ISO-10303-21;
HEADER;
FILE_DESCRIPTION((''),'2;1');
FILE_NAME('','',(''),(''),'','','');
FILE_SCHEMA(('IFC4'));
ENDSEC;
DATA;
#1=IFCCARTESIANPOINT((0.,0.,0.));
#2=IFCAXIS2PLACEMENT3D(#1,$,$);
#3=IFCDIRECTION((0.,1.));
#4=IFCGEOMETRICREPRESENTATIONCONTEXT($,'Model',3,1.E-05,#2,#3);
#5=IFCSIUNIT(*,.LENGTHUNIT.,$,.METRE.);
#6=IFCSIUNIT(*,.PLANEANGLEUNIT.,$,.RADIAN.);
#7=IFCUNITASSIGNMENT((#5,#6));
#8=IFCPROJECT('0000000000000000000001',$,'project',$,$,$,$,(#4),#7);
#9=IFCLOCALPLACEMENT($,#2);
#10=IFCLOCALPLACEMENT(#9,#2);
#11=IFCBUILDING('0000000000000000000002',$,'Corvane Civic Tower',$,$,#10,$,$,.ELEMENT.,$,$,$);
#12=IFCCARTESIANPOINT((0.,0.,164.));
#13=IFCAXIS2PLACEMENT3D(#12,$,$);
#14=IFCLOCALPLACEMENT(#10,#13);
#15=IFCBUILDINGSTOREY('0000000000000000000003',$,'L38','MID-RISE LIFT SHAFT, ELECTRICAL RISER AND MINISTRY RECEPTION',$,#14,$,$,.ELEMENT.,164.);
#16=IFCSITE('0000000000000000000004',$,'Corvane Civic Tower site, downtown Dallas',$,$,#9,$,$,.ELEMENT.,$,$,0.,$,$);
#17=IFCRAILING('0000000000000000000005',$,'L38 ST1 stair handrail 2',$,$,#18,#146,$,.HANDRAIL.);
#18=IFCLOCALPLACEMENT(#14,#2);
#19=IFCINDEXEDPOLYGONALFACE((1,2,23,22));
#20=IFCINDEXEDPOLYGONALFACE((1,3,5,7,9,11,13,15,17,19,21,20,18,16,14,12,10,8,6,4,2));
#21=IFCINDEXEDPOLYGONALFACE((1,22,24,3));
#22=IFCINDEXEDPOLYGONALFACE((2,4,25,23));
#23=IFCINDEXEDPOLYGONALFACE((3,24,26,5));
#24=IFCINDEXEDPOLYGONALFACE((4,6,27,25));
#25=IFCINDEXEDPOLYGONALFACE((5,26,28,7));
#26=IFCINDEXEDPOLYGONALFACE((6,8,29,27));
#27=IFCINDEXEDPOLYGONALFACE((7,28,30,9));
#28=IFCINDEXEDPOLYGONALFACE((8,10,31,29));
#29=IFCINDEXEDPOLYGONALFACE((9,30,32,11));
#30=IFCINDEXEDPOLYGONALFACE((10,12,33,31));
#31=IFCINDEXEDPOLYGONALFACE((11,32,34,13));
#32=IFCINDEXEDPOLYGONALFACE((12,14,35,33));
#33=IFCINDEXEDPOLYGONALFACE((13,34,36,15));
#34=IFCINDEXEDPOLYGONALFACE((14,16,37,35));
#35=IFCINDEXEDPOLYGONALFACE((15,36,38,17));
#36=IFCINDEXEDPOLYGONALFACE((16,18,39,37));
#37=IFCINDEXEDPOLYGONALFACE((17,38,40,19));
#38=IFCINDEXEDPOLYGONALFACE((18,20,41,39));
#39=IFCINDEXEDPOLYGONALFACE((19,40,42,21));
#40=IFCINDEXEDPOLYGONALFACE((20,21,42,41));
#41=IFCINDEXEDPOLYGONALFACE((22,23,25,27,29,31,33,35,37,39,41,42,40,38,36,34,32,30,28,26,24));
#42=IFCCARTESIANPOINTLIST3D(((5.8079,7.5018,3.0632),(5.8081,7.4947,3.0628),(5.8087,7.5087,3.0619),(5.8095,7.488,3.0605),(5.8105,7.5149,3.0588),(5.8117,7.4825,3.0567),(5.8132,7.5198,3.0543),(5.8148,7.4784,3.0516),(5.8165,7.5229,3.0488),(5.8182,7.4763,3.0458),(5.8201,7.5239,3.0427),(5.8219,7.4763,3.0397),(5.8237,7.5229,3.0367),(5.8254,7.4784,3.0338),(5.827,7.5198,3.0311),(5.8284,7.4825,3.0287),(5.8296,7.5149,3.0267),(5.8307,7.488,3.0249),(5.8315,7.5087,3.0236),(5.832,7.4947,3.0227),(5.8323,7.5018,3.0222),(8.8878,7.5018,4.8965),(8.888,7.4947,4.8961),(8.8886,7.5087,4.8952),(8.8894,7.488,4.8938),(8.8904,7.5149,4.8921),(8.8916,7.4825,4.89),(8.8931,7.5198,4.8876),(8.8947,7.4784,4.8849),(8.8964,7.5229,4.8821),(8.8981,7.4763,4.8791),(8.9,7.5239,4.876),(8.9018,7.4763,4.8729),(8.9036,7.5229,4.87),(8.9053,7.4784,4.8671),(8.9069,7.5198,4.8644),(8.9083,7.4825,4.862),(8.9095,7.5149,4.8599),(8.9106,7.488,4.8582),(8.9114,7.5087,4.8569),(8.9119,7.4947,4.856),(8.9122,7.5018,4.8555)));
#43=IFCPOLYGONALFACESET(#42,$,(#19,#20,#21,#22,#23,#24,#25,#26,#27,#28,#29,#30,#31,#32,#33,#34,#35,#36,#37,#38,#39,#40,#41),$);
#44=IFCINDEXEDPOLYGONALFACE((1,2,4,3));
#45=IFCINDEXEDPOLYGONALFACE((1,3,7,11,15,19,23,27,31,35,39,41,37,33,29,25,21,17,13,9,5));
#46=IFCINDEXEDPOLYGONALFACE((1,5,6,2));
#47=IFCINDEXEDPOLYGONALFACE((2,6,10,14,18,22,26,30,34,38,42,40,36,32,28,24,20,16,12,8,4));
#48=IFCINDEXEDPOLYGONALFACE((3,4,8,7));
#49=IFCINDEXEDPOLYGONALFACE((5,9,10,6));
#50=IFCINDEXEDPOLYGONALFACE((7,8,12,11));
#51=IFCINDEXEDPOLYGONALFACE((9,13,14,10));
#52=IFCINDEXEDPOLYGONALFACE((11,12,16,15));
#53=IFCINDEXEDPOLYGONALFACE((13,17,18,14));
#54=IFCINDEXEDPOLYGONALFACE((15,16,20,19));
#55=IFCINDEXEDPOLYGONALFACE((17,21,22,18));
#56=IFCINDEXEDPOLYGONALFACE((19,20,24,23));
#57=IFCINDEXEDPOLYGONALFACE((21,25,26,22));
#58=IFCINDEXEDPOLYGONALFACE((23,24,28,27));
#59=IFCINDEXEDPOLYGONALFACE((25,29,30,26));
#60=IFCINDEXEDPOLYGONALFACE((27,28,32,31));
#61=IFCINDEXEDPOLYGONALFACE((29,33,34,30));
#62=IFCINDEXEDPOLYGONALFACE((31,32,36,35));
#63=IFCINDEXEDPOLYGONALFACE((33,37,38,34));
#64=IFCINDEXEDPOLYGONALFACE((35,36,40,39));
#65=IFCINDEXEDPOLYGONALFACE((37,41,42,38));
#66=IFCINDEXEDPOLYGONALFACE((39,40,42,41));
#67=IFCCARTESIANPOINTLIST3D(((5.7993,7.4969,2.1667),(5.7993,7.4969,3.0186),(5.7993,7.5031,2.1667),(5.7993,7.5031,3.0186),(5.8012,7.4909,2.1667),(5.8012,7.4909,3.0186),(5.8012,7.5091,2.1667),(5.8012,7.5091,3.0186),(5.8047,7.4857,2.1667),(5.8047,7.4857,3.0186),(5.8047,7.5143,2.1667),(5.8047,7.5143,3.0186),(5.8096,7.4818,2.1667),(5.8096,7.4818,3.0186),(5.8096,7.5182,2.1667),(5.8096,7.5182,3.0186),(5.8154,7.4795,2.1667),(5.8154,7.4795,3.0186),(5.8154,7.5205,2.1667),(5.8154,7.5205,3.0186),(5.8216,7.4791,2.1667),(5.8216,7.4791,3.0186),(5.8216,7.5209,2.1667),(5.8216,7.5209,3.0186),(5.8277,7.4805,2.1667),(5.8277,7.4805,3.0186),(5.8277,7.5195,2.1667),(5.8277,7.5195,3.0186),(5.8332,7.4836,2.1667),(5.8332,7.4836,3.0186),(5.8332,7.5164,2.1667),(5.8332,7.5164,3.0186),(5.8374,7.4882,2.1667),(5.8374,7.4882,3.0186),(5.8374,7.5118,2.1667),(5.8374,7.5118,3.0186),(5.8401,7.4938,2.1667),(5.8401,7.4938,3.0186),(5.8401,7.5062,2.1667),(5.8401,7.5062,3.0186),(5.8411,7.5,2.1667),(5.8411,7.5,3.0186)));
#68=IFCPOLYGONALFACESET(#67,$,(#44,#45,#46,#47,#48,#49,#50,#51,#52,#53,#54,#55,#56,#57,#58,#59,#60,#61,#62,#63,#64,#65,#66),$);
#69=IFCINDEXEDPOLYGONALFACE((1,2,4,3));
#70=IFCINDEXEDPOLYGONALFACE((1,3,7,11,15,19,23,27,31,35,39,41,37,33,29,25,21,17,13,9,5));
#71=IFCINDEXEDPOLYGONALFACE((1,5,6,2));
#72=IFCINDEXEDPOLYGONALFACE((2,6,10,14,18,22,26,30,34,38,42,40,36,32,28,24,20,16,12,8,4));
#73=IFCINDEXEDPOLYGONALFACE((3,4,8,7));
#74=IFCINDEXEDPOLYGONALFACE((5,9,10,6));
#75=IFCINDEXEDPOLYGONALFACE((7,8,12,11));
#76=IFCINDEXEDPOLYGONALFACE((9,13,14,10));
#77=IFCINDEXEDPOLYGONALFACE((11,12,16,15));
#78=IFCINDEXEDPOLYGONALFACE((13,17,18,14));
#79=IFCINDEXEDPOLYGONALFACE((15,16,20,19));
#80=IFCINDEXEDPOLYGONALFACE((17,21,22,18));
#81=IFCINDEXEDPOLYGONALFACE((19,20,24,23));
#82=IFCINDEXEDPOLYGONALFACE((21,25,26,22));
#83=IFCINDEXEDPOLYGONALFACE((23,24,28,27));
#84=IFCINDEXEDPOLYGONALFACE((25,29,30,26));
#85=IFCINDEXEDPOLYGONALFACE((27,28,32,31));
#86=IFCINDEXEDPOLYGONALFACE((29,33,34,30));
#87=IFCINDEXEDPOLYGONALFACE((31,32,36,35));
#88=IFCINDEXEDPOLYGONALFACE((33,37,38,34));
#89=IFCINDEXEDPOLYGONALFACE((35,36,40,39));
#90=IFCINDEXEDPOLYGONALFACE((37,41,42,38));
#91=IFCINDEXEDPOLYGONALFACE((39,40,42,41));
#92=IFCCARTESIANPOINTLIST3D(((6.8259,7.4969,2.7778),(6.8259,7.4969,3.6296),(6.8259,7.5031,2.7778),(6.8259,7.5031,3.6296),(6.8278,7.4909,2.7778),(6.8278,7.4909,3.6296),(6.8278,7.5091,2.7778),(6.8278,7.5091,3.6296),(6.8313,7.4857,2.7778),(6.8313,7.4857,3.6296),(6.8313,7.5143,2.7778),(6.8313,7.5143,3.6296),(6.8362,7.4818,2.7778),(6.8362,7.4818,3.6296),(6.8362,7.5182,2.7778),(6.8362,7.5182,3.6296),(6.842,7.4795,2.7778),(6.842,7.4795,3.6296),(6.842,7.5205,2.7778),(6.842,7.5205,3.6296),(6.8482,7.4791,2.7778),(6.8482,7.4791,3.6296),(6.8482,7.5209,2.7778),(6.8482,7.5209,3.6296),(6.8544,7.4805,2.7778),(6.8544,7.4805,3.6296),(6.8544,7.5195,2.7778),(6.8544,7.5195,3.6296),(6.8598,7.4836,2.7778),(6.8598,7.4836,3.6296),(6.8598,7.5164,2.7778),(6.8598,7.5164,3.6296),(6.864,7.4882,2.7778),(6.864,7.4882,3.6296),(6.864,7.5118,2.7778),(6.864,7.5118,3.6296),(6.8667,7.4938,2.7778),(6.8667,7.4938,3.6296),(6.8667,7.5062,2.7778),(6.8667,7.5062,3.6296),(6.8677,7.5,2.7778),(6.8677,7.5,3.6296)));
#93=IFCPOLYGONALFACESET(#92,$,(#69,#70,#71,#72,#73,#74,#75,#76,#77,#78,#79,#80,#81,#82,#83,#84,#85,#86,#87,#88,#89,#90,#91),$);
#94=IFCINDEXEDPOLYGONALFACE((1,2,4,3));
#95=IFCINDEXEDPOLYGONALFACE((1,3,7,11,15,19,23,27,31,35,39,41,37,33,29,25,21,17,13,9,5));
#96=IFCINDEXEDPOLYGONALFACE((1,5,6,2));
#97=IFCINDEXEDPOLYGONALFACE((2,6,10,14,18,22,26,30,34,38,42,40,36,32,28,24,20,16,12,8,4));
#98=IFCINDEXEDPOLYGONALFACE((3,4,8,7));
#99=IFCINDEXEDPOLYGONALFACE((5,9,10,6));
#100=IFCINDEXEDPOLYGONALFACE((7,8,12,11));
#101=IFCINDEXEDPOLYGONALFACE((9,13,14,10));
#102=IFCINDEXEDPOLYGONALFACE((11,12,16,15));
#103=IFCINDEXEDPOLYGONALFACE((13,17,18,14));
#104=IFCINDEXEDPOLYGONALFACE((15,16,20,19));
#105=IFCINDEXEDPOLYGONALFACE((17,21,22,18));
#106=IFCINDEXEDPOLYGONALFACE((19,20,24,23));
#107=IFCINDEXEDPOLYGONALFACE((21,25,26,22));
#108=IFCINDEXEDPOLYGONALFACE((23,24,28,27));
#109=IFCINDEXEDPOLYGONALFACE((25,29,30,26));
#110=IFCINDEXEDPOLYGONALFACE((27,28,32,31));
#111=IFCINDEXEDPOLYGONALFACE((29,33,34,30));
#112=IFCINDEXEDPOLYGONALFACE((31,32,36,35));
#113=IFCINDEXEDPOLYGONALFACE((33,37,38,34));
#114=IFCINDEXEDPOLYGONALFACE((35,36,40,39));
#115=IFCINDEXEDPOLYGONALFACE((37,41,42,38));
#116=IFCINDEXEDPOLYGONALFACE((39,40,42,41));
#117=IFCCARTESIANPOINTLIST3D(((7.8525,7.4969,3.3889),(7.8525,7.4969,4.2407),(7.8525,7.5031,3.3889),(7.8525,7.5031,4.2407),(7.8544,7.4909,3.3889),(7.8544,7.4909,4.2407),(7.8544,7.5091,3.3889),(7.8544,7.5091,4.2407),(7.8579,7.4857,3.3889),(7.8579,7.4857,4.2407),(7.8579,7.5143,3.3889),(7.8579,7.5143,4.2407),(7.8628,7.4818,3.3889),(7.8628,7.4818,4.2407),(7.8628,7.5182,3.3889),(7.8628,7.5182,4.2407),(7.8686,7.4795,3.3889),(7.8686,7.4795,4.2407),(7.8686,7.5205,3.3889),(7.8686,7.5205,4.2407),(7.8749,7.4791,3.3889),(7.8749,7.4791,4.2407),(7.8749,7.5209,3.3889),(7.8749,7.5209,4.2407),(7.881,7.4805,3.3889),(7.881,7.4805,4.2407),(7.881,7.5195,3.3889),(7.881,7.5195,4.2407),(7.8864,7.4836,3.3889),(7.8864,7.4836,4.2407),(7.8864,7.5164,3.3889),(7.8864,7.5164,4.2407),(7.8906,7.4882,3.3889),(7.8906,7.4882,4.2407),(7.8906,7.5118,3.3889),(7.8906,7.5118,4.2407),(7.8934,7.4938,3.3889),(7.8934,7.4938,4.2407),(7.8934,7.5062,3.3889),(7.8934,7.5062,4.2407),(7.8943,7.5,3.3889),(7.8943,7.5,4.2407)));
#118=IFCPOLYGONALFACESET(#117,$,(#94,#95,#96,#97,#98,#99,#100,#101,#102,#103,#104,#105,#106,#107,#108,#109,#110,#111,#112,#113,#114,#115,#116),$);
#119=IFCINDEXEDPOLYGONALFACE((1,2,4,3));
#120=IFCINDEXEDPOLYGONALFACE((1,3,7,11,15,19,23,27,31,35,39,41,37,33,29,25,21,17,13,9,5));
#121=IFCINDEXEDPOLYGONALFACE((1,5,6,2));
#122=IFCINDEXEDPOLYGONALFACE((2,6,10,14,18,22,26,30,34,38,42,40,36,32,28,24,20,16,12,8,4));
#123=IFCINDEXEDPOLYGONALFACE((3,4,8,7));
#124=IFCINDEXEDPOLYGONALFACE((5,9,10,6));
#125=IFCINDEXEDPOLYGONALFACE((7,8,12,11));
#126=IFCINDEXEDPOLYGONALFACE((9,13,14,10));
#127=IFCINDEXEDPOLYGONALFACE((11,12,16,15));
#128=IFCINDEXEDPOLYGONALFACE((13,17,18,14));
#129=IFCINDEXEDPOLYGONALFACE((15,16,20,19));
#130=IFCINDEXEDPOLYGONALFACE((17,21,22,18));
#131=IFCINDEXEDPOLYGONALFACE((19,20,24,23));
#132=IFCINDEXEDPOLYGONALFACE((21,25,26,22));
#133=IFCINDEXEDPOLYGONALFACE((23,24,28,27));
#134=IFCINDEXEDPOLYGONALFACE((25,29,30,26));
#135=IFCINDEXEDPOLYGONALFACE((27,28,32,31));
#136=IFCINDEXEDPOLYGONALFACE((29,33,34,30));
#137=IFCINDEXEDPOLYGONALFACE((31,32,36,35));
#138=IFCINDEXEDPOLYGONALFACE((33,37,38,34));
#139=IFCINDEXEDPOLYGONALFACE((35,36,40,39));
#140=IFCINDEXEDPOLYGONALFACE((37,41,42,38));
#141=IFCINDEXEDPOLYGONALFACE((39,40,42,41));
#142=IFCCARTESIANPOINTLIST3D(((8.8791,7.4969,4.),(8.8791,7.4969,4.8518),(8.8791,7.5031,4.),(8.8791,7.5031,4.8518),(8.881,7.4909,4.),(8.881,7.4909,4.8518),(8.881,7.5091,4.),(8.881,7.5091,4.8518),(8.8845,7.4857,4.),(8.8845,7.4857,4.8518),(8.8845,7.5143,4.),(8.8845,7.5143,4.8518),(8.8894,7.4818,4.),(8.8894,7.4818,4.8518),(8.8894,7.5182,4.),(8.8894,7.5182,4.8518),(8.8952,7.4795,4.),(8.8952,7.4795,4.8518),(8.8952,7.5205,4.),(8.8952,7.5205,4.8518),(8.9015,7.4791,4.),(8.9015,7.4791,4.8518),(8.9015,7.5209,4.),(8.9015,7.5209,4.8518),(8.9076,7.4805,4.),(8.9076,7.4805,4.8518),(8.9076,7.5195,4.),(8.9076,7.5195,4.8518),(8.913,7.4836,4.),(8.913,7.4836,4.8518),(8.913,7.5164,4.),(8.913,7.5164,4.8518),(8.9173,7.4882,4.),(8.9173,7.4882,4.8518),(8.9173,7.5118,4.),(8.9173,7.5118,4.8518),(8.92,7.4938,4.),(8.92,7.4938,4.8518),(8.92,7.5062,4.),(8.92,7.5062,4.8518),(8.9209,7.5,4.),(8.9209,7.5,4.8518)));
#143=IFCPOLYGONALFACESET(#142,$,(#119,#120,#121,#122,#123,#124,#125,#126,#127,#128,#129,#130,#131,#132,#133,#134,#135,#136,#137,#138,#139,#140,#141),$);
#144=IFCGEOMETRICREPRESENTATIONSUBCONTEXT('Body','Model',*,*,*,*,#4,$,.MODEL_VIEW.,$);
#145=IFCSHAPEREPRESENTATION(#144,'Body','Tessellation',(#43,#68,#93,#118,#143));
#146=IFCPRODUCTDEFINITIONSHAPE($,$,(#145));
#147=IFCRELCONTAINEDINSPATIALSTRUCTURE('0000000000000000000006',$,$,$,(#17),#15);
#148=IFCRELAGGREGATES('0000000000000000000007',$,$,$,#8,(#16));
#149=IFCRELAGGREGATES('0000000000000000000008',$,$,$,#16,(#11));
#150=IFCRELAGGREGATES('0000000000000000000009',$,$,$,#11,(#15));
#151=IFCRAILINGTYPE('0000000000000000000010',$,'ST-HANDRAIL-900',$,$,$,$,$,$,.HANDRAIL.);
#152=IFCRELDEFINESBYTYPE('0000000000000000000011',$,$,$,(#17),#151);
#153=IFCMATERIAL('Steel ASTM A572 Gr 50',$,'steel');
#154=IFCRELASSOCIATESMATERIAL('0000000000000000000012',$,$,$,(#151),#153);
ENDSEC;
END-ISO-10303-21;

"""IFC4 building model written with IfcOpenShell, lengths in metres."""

from ifc_helpers import new_model, si_unit, direction, frame, origin, origin_2d, place, context, subcontext, project, spatial, circle, extrude, material, type_object, element, save


model = new_model("IFC4")

# Units and contexts
model_context = context("Model", 3, precision=1e-05, world=origin(), true_north=direction((0.0, 1.0)))
body_context = subcontext(model_context, "Body", "Model", "MODEL_VIEW")
ifc_project = project(units=[si_unit("LENGTHUNIT", "METRE"), si_unit("PLANEANGLEUNIT", "RADIAN")], contexts=[model_context])

# Site, building, storey
site_placement = place(None, origin())
site = spatial("IfcSite", under=ifc_project, at=site_placement, Name="Corvane Civic Tower site, downtown Dallas", CompositionType="ELEMENT", RefElevation=0.0)
building_placement = place(site_placement, origin())
building = spatial("IfcBuilding", under=site, at=building_placement, Name="Corvane Civic Tower", CompositionType="ELEMENT")
storey_placement = place(building_placement, frame((0.0, 0.0, 164.0)))
storey = spatial("IfcBuildingStorey", under=building, at=storey_placement, Name="L38", Description="MID-RISE LIFT SHAFT, ELECTRICAL RISER AND MINISTRY RECEPTION", CompositionType="ELEMENT", Elevation=164.0)

# Railing
ifc_material_1 = material(Name="Steel ASTM A572 Gr 50", Category="steel")
railing_type_1 = type_object("IfcRailingType", Name="ST-HANDRAIL-900", PredefinedType="HANDRAIL", material=ifc_material_1)
railing_1_placement = place(storey_placement, frame((5.8201, 7.5, 2.1667)))
element("IfcRailing", 1, at=railing_1_placement, inside=storey, type_object=railing_type_1, Name="L38 ST1 stair handrail 2", PredefinedType="HANDRAIL", context=body_context, shape_type="SweptSolid", body=[
    extrude(circle(Radius=0.0239, at=origin_2d()), frame((0.0, 0.0, 0.876), z_axis=(0.859291, 0.0, 0.511487), x_axis=(0.0, 1.0, 0.0)), (0.0, 0.0, 1.0), 3.5842),
    extrude(circle(Radius=0.021, at=origin_2d()), origin(), (0.0, 0.0, 1.0), 0.8518),
    extrude(circle(Radius=0.021, at=origin_2d()), frame((1.0266, 0.0, 0.6111)), (0.0, 0.0, 1.0), 0.8518),
    extrude(circle(Radius=0.021, at=origin_2d()), frame((2.0532, 0.0, 1.2222)), (0.0, 0.0, 1.0), 0.8518),
    extrude(circle(Radius=0.021, at=origin_2d()), frame((3.0798, 0.0, 1.8333)), (0.0, 0.0, 1.0), 0.8518),
])

save(model, "model.ifc")
